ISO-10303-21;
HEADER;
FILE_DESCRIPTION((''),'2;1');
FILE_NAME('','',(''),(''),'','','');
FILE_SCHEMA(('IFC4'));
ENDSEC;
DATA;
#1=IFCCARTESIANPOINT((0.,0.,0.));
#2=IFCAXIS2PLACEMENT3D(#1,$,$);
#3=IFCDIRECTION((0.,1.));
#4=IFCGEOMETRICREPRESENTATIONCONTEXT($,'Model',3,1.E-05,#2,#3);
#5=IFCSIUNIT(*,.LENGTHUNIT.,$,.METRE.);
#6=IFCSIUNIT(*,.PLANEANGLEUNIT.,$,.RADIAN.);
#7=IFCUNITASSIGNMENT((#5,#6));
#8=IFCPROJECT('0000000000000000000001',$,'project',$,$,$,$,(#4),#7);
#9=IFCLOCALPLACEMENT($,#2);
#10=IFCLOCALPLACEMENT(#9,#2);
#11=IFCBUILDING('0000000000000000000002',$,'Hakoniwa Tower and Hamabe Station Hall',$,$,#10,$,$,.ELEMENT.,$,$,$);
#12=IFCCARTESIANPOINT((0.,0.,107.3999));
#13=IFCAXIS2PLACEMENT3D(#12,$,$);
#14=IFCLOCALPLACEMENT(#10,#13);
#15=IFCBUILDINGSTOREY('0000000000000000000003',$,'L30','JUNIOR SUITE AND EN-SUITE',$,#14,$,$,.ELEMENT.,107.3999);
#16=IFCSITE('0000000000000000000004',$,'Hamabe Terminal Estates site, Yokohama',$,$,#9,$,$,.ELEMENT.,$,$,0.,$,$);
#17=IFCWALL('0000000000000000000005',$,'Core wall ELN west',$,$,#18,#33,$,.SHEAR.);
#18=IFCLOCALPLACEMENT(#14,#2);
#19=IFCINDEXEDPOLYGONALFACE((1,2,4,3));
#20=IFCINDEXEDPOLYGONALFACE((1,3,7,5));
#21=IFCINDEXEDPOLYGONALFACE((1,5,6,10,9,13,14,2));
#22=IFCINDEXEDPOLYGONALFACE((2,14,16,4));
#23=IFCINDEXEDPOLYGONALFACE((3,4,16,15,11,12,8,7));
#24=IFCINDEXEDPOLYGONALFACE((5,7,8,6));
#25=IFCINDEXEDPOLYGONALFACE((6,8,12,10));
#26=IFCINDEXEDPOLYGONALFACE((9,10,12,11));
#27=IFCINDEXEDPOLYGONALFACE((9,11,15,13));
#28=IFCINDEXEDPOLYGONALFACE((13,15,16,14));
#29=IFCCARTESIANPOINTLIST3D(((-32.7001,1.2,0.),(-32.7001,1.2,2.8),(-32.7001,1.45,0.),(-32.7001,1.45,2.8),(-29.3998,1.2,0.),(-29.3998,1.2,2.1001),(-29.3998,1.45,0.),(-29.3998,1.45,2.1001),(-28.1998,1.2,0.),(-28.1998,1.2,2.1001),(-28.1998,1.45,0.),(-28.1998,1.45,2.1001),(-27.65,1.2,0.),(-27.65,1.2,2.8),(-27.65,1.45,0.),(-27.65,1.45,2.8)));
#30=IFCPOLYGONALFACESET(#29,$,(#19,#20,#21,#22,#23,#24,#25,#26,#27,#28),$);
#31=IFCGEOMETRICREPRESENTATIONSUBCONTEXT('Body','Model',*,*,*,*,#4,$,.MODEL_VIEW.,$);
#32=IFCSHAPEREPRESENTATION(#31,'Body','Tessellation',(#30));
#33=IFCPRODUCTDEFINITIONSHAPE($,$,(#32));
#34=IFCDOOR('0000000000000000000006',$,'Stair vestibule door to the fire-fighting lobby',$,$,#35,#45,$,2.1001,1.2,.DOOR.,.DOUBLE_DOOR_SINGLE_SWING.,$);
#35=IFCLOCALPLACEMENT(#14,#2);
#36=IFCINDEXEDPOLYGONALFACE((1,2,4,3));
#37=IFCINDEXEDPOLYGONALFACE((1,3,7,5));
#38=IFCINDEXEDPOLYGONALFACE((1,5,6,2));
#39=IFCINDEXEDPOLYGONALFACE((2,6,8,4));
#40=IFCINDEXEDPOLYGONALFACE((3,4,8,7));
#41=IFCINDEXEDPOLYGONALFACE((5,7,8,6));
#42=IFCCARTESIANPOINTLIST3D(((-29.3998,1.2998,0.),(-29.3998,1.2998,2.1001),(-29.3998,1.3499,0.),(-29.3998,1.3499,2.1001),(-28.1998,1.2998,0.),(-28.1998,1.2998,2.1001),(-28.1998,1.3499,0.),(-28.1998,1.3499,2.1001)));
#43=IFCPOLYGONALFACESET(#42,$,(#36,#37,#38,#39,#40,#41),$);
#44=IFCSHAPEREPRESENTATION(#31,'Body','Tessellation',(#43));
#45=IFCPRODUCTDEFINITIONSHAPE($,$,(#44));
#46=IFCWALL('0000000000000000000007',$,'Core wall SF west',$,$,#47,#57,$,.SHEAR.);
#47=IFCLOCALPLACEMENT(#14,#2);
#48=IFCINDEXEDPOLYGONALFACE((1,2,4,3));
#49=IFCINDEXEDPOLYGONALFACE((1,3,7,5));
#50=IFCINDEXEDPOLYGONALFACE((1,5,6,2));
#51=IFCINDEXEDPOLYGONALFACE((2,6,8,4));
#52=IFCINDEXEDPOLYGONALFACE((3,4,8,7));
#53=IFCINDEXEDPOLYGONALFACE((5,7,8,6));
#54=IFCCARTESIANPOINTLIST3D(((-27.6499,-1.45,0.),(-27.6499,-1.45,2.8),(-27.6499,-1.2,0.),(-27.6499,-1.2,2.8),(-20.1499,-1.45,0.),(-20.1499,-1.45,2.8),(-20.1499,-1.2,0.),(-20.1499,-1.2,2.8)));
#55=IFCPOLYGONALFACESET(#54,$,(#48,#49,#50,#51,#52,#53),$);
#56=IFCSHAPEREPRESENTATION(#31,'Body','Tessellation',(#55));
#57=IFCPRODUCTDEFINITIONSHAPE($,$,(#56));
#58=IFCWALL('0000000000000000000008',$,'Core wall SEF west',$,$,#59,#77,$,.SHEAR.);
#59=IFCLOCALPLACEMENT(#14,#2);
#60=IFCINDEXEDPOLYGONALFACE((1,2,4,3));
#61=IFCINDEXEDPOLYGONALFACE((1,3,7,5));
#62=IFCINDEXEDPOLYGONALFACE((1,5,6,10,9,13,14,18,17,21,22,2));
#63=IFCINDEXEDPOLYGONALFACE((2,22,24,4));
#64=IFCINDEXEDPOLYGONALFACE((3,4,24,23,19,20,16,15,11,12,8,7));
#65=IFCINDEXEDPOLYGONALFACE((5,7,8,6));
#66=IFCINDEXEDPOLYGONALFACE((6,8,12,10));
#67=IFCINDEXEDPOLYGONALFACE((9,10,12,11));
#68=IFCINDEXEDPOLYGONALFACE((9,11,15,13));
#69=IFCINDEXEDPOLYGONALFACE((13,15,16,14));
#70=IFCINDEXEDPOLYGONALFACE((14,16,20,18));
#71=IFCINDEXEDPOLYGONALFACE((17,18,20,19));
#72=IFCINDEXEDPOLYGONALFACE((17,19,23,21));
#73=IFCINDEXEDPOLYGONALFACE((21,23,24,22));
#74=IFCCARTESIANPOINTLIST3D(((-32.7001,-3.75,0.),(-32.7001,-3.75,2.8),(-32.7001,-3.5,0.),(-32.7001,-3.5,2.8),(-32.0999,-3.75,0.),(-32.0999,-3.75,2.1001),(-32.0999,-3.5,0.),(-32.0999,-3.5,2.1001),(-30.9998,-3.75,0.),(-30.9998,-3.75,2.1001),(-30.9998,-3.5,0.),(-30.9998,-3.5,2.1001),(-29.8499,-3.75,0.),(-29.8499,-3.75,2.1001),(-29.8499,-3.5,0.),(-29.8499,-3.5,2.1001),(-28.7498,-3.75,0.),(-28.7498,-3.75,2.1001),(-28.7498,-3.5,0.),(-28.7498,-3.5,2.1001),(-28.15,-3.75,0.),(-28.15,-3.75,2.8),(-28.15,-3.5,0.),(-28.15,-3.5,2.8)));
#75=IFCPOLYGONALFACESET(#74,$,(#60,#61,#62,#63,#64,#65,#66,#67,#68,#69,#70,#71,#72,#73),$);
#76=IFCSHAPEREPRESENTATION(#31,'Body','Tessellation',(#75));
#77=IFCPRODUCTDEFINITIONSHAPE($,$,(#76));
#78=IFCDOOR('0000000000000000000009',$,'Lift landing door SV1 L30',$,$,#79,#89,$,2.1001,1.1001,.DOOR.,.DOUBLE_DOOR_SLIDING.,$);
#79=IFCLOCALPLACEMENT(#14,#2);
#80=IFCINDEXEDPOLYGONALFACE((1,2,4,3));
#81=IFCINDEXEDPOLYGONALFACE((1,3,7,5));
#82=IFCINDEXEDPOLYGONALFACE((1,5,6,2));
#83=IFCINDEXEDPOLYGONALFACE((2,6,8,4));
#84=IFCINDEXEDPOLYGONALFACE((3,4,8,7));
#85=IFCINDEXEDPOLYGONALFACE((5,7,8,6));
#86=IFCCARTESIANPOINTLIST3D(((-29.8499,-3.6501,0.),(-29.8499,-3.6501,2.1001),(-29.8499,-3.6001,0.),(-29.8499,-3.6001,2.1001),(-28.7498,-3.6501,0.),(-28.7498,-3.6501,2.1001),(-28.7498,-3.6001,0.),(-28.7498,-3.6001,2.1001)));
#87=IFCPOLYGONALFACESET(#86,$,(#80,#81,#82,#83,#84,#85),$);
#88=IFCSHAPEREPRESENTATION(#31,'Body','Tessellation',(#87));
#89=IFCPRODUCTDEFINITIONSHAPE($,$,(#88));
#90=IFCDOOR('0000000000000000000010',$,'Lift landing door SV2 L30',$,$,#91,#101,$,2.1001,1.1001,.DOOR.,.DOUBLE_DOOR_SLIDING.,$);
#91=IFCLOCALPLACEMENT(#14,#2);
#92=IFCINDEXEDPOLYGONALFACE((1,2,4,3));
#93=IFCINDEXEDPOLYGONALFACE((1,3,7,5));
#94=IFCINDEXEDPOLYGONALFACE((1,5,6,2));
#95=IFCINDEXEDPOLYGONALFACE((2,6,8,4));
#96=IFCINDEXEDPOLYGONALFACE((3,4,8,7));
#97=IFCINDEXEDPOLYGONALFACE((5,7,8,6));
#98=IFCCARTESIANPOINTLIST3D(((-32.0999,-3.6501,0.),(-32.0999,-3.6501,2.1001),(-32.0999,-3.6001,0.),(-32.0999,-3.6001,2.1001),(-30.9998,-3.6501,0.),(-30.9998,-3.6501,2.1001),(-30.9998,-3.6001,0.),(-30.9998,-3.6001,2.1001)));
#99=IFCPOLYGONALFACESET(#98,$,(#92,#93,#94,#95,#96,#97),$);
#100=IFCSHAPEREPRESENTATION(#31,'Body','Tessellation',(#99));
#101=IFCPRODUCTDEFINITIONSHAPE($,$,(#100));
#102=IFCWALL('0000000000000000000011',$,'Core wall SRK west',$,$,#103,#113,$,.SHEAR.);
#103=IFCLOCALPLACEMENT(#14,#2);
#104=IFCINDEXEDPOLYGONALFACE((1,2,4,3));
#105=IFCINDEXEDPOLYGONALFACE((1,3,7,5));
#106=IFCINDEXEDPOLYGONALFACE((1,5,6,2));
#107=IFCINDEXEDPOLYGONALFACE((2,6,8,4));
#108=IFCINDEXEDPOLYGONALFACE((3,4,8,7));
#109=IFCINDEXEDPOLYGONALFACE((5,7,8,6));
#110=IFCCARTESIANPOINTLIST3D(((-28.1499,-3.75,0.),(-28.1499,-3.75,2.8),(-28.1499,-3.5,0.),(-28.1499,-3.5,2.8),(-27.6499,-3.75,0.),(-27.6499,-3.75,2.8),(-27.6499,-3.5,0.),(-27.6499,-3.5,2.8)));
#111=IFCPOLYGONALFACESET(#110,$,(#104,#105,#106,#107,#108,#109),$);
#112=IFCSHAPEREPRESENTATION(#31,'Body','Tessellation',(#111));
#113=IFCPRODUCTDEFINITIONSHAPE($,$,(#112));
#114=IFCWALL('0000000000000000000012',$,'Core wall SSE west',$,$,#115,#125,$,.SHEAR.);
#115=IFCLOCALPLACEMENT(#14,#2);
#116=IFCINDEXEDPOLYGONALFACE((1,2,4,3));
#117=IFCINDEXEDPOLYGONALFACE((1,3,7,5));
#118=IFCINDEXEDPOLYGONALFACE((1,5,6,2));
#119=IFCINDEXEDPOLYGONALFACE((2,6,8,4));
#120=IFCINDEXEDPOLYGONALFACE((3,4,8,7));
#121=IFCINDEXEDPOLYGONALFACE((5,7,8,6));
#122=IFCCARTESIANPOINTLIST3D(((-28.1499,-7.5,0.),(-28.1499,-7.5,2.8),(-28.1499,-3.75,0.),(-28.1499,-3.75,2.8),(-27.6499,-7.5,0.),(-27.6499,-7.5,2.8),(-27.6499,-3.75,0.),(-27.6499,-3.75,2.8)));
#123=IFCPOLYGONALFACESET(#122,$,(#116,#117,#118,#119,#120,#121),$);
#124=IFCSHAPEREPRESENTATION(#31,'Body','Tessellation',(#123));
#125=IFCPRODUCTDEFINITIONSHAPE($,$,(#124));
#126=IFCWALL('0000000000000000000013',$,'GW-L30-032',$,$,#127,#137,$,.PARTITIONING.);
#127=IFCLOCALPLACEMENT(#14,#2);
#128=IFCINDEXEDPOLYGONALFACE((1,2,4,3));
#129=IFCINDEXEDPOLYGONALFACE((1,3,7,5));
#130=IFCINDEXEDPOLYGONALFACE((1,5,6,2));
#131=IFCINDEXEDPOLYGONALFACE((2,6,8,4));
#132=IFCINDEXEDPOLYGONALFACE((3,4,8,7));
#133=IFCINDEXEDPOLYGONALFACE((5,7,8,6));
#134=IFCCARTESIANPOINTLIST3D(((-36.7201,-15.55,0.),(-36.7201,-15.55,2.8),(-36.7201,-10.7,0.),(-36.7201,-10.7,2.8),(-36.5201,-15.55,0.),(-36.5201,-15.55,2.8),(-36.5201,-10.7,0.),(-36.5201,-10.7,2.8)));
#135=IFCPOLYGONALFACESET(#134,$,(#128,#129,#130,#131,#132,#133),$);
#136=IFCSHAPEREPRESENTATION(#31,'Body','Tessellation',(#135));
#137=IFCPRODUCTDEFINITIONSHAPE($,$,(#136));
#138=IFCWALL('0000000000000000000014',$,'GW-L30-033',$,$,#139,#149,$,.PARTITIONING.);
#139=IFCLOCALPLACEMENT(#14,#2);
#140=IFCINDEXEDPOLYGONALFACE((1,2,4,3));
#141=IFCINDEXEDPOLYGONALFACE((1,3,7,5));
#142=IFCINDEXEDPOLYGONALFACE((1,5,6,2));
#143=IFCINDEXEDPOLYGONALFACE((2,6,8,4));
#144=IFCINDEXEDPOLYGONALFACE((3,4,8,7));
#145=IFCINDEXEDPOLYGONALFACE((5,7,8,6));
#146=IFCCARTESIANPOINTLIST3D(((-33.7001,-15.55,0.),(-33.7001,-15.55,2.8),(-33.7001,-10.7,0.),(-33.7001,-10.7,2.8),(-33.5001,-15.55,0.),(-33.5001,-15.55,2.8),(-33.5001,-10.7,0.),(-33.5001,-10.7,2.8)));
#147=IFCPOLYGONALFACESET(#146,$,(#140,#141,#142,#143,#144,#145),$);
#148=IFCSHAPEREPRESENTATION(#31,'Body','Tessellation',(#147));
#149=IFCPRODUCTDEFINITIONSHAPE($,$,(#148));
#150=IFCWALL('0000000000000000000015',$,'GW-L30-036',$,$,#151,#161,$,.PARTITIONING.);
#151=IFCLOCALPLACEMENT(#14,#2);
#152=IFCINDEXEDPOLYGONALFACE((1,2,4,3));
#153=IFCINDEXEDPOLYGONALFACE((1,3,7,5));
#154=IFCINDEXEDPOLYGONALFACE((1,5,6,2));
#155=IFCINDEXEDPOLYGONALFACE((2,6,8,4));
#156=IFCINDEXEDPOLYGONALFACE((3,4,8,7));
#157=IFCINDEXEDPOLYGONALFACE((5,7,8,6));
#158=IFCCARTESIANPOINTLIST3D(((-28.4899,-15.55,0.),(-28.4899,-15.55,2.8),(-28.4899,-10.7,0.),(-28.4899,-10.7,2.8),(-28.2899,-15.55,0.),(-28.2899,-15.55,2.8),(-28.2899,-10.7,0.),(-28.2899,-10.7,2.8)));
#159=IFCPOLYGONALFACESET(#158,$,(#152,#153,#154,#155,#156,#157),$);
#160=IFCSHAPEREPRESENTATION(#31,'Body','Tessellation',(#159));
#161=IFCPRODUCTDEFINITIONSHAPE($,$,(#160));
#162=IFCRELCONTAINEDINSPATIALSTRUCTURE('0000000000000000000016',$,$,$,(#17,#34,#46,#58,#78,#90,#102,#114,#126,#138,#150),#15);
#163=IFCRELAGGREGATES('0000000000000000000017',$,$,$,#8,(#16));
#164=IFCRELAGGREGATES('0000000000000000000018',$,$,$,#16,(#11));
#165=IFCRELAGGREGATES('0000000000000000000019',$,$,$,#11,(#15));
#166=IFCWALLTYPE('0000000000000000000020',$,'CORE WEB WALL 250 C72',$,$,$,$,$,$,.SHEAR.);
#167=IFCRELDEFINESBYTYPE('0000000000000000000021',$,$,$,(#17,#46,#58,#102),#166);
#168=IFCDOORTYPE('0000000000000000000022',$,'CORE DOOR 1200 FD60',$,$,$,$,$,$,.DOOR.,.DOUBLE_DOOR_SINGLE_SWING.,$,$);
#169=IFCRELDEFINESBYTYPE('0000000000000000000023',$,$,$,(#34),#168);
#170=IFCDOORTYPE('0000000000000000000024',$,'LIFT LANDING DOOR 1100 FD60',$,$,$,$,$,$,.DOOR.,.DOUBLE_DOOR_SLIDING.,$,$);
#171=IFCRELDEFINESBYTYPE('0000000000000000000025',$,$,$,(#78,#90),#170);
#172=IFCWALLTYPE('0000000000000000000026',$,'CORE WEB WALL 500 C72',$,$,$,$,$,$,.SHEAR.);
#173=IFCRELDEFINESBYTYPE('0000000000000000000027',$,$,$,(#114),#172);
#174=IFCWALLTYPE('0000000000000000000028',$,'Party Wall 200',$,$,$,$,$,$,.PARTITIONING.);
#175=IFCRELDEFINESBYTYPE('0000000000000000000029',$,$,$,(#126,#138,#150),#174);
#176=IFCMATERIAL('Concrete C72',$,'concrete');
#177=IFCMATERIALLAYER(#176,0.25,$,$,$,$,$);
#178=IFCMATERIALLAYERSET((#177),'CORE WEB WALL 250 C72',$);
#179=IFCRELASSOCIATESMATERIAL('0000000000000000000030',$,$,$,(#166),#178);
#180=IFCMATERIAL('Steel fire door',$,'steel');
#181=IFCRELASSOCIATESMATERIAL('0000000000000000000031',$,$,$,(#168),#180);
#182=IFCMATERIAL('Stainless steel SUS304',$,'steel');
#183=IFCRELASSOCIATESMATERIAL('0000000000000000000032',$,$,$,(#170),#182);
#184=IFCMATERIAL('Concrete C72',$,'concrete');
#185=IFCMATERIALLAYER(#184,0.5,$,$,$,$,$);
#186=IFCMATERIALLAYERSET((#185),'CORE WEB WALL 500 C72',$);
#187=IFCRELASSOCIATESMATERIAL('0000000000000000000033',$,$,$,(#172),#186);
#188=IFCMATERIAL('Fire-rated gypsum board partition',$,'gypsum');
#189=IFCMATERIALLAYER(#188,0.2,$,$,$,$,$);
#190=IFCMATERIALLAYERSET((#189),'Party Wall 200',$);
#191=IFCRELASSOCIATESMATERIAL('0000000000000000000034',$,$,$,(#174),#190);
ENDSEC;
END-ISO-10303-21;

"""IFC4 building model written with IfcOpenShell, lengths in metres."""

from ifc_helpers import new_model, si_unit, direction, frame, frame_2d, origin, place, context, subcontext, project, spatial, rectangle, extrude, material, layer, layer_set, type_object, element, fill, save


model = new_model("IFC4")

# Units and contexts
model_context = context("Model", 3, precision=1e-05, world=origin(), true_north=direction((0.0, 1.0)))
body_context = subcontext(model_context, "Body", "Model", "MODEL_VIEW")
ifc_project = project(units=[si_unit("LENGTHUNIT", "METRE"), si_unit("PLANEANGLEUNIT", "RADIAN")], contexts=[model_context])

# Site, building, storey
site_placement = place(None, origin())
site = spatial("IfcSite", under=ifc_project, at=site_placement, Name="Hamabe Terminal Estates site, Yokohama", CompositionType="ELEMENT", RefElevation=0.0)
building_placement = place(site_placement, origin())
building = spatial("IfcBuilding", under=site, at=building_placement, Name="Hakoniwa Tower and Hamabe Station Hall", CompositionType="ELEMENT")
storey_placement = place(building_placement, frame((0.0, 0.0, 107.3999)))
storey = spatial("IfcBuildingStorey", under=building, at=storey_placement, Name="L30", Description="JUNIOR SUITE AND EN-SUITE", CompositionType="ELEMENT", Elevation=107.3999)

# Wall, opening, door
ifc_material_1 = material(Name="Concrete C72", Category="concrete")
ifc_layer_1 = layer(ifc_material_1, 0.25)
ifc_layer_set_1 = layer_set([ifc_layer_1], Name="CORE WEB WALL 250 C72")
wall_type_1 = type_object("IfcWallType", Name="CORE WEB WALL 250 C72", PredefinedType="SHEAR", material=ifc_layer_set_1)
wall_1_placement = place(storey_placement, frame((-32.7, 1.325, 0.0), z_axis=(0.0, 0.0, 1.0), x_axis=(1.0, 0.0, 0.0)))
wall_1 = element("IfcWall", 1, at=wall_1_placement, inside=storey, type_object=wall_type_1, Name="Core wall ELN west", PredefinedType="SHEAR", context=body_context, shape_type="SweptSolid", body=[
    extrude(rectangle(XDim=5.05, YDim=0.25, at=frame_2d((2.5249, 0.0))), origin(), (0.0, 0.0, 1.0), 2.8),
])
opening_1_placement = place(wall_1_placement, frame((3.3, 0.0, 0.0)))
opening_1 = element("IfcOpeningElement", 2, at=opening_1_placement, cuts=wall_1, PredefinedType="OPENING", context=body_context, shape_type="SweptSolid", body=[
    extrude(rectangle(XDim=1.2, YDim=2.1001, at=frame_2d((0.6001, 1.05))), frame((0.0, 0.135, 0.0), z_axis=(0.0, -1.0, 0.0), x_axis=(1.0, 0.0, 0.0)), (0.0, 0.0, 1.0), 0.27),
])
ifc_material_2 = material(Name="Steel fire door", Category="steel")
door_type_1 = type_object("IfcDoorType", Name="CORE DOOR 1200 FD60", OperationType="DOUBLE_DOOR_SINGLE_SWING", PredefinedType="DOOR", material=ifc_material_2)
door_1_placement = place(opening_1_placement, origin())
door_1 = element("IfcDoor", 3, at=door_1_placement, inside=storey, type_object=door_type_1, Name="Stair vestibule door to the fire-fighting lobby", OperationType="DOUBLE_DOOR_SINGLE_SWING", OverallHeight=2.1001, OverallWidth=1.2, PredefinedType="DOOR", context=body_context, shape_type="SweptSolid", body=[
    extrude(rectangle(XDim=1.2, YDim=2.1001, at=frame_2d((0.6001, 1.05))), frame((0.0, 0.0249, 0.0), z_axis=(0.0, -1.0, 0.0), x_axis=(1.0, 0.0, 0.0)), (0.0, 0.0, 1.0), 0.05),
])
fill(opening_1, door_1)

# Wall
wall_2_placement = place(storey_placement, frame((-27.6499, -1.325, 0.0), z_axis=(0.0, 0.0, 1.0), x_axis=(1.0, 0.0, 0.0)))
element("IfcWall", 4, at=wall_2_placement, inside=storey, type_object=wall_type_1, Name="Core wall SF west", PredefinedType="SHEAR", context=body_context, shape_type="SweptSolid", body=[
    extrude(rectangle(XDim=7.5, YDim=0.25, at=frame_2d((3.75, 0.0))), origin(), (0.0, 0.0, 1.0), 2.8),
])

# Wall, openings, doors
wall_3_placement = place(storey_placement, frame((-32.7, -3.625, 0.0), z_axis=(0.0, 0.0, 1.0), x_axis=(1.0, 0.0, 0.0)))
wall_3 = element("IfcWall", 5, at=wall_3_placement, inside=storey, type_object=wall_type_1, Name="Core wall SEF west", PredefinedType="SHEAR", context=body_context, shape_type="SweptSolid", body=[
    extrude(rectangle(XDim=4.55, YDim=0.25, at=frame_2d((2.2749, 0.0))), origin(), (0.0, 0.0, 1.0), 2.8),
])
opening_2_placement = place(wall_3_placement, frame((2.8501, 0.0, 0.0)))
opening_2 = element("IfcOpeningElement", 6, at=opening_2_placement, cuts=wall_3, PredefinedType="OPENING", context=body_context, shape_type="SweptSolid", body=[
    extrude(rectangle(XDim=1.1001, YDim=2.1001, at=frame_2d((0.55, 1.05))), frame((0.0, 0.135, 0.0), z_axis=(0.0, -1.0, 0.0), x_axis=(1.0, 0.0, 0.0)), (0.0, 0.0, 1.0), 0.27),
])
opening_3_placement = place(wall_3_placement, frame((0.6001, 0.0, 0.0)))
opening_3 = element("IfcOpeningElement", 7, at=opening_3_placement, cuts=wall_3, PredefinedType="OPENING", context=body_context, shape_type="SweptSolid", body=[
    extrude(rectangle(XDim=1.1001, YDim=2.1001, at=frame_2d((0.55, 1.05))), frame((0.0, 0.135, 0.0), z_axis=(0.0, -1.0, 0.0), x_axis=(1.0, 0.0, 0.0)), (0.0, 0.0, 1.0), 0.27),
])
ifc_material_3 = material(Name="Stainless steel SUS304", Category="steel")
door_type_2 = type_object("IfcDoorType", Name="LIFT LANDING DOOR 1100 FD60", OperationType="DOUBLE_DOOR_SLIDING", PredefinedType="DOOR", material=ifc_material_3)
door_2_placement = place(opening_2_placement, origin())
door_2 = element("IfcDoor", 8, at=door_2_placement, inside=storey, type_object=door_type_2, Name="Lift landing door SV1 L30", OperationType="DOUBLE_DOOR_SLIDING", OverallHeight=2.1001, OverallWidth=1.1001, PredefinedType="DOOR", context=body_context, shape_type="SweptSolid", body=[
    extrude(rectangle(XDim=1.1001, YDim=2.1001, at=frame_2d((0.55, 1.05))), frame((0.0, 0.0249, 0.0), z_axis=(0.0, -1.0, 0.0), x_axis=(1.0, 0.0, 0.0)), (0.0, 0.0, 1.0), 0.05),
])
fill(opening_2, door_2)
door_3_placement = place(opening_3_placement, origin())
door_3 = element("IfcDoor", 9, at=door_3_placement, inside=storey, type_object=door_type_2, Name="Lift landing door SV2 L30", OperationType="DOUBLE_DOOR_SLIDING", OverallHeight=2.1001, OverallWidth=1.1001, PredefinedType="DOOR", context=body_context, shape_type="SweptSolid", body=[
    extrude(rectangle(XDim=1.1001, YDim=2.1001, at=frame_2d((0.55, 1.05))), frame((0.0, 0.0249, 0.0), z_axis=(0.0, -1.0, 0.0), x_axis=(1.0, 0.0, 0.0)), (0.0, 0.0, 1.0), 0.05),
])
fill(opening_3, door_3)

# Walls
wall_4_placement = place(storey_placement, frame((-28.1499, -3.625, 0.0), z_axis=(0.0, 0.0, 1.0), x_axis=(1.0, 0.0, 0.0)))
element("IfcWall", 10, at=wall_4_placement, inside=storey, type_object=wall_type_1, Name="Core wall SRK west", PredefinedType="SHEAR", context=body_context, shape_type="SweptSolid", body=[
    extrude(rectangle(XDim=0.5, YDim=0.25, at=frame_2d((0.25, 0.0))), origin(), (0.0, 0.0, 1.0), 2.8),
])
ifc_material_4 = material(Name="Concrete C72", Category="concrete")
ifc_layer_2 = layer(ifc_material_4, 0.5)
ifc_layer_set_2 = layer_set([ifc_layer_2], Name="CORE WEB WALL 500 C72")
wall_type_2 = type_object("IfcWallType", Name="CORE WEB WALL 500 C72", PredefinedType="SHEAR", material=ifc_layer_set_2)
wall_5_placement = place(storey_placement, frame((-27.8999, -7.5, 0.0), z_axis=(0.0, 0.0, 1.0), x_axis=(0.0, 1.0, 0.0)))
element("IfcWall", 11, at=wall_5_placement, inside=storey, type_object=wall_type_2, Name="Core wall SSE west", PredefinedType="SHEAR", context=body_context, shape_type="SweptSolid", body=[
    extrude(rectangle(XDim=3.75, YDim=0.5, at=frame_2d((1.875, 0.0))), origin(), (0.0, 0.0, 1.0), 2.8),
])
ifc_material_5 = material(Name="Fire-rated gypsum board partition", Category="gypsum")
ifc_layer_3 = layer(ifc_material_5, 0.2)
ifc_layer_set_3 = layer_set([ifc_layer_3], Name="Party Wall 200")
wall_type_3 = type_object("IfcWallType", Name="Party Wall 200", PredefinedType="PARTITIONING", material=ifc_layer_set_3)
for number, where, z_axis, x_axis, name in (
    (12, (-36.6201, -15.55, 0.0), (0.0, 0.0, 1.0), (0.0, 1.0, 0.0), "GW-L30-032"),
    (13, (-33.6001, -15.55, 0.0), (0.0, 0.0, 1.0), (0.0, 1.0, 0.0), "GW-L30-033"),
    (14, (-28.3899, -15.55, 0.0), (0.0, 0.0, 1.0), (0.0, 1.0, 0.0), "GW-L30-036"),
):
    element("IfcWall", number, at=place(storey_placement, frame(where, z_axis=z_axis, x_axis=x_axis)), inside=storey, type_object=wall_type_3, Name=name, PredefinedType="PARTITIONING", context=body_context, shape_type="SweptSolid", body=[
        extrude(rectangle(XDim=4.8501, YDim=0.2, at=frame_2d((2.425, 0.0))), origin(), (0.0, 0.0, 1.0), 2.8),
    ])

save(model, "model.ifc")
